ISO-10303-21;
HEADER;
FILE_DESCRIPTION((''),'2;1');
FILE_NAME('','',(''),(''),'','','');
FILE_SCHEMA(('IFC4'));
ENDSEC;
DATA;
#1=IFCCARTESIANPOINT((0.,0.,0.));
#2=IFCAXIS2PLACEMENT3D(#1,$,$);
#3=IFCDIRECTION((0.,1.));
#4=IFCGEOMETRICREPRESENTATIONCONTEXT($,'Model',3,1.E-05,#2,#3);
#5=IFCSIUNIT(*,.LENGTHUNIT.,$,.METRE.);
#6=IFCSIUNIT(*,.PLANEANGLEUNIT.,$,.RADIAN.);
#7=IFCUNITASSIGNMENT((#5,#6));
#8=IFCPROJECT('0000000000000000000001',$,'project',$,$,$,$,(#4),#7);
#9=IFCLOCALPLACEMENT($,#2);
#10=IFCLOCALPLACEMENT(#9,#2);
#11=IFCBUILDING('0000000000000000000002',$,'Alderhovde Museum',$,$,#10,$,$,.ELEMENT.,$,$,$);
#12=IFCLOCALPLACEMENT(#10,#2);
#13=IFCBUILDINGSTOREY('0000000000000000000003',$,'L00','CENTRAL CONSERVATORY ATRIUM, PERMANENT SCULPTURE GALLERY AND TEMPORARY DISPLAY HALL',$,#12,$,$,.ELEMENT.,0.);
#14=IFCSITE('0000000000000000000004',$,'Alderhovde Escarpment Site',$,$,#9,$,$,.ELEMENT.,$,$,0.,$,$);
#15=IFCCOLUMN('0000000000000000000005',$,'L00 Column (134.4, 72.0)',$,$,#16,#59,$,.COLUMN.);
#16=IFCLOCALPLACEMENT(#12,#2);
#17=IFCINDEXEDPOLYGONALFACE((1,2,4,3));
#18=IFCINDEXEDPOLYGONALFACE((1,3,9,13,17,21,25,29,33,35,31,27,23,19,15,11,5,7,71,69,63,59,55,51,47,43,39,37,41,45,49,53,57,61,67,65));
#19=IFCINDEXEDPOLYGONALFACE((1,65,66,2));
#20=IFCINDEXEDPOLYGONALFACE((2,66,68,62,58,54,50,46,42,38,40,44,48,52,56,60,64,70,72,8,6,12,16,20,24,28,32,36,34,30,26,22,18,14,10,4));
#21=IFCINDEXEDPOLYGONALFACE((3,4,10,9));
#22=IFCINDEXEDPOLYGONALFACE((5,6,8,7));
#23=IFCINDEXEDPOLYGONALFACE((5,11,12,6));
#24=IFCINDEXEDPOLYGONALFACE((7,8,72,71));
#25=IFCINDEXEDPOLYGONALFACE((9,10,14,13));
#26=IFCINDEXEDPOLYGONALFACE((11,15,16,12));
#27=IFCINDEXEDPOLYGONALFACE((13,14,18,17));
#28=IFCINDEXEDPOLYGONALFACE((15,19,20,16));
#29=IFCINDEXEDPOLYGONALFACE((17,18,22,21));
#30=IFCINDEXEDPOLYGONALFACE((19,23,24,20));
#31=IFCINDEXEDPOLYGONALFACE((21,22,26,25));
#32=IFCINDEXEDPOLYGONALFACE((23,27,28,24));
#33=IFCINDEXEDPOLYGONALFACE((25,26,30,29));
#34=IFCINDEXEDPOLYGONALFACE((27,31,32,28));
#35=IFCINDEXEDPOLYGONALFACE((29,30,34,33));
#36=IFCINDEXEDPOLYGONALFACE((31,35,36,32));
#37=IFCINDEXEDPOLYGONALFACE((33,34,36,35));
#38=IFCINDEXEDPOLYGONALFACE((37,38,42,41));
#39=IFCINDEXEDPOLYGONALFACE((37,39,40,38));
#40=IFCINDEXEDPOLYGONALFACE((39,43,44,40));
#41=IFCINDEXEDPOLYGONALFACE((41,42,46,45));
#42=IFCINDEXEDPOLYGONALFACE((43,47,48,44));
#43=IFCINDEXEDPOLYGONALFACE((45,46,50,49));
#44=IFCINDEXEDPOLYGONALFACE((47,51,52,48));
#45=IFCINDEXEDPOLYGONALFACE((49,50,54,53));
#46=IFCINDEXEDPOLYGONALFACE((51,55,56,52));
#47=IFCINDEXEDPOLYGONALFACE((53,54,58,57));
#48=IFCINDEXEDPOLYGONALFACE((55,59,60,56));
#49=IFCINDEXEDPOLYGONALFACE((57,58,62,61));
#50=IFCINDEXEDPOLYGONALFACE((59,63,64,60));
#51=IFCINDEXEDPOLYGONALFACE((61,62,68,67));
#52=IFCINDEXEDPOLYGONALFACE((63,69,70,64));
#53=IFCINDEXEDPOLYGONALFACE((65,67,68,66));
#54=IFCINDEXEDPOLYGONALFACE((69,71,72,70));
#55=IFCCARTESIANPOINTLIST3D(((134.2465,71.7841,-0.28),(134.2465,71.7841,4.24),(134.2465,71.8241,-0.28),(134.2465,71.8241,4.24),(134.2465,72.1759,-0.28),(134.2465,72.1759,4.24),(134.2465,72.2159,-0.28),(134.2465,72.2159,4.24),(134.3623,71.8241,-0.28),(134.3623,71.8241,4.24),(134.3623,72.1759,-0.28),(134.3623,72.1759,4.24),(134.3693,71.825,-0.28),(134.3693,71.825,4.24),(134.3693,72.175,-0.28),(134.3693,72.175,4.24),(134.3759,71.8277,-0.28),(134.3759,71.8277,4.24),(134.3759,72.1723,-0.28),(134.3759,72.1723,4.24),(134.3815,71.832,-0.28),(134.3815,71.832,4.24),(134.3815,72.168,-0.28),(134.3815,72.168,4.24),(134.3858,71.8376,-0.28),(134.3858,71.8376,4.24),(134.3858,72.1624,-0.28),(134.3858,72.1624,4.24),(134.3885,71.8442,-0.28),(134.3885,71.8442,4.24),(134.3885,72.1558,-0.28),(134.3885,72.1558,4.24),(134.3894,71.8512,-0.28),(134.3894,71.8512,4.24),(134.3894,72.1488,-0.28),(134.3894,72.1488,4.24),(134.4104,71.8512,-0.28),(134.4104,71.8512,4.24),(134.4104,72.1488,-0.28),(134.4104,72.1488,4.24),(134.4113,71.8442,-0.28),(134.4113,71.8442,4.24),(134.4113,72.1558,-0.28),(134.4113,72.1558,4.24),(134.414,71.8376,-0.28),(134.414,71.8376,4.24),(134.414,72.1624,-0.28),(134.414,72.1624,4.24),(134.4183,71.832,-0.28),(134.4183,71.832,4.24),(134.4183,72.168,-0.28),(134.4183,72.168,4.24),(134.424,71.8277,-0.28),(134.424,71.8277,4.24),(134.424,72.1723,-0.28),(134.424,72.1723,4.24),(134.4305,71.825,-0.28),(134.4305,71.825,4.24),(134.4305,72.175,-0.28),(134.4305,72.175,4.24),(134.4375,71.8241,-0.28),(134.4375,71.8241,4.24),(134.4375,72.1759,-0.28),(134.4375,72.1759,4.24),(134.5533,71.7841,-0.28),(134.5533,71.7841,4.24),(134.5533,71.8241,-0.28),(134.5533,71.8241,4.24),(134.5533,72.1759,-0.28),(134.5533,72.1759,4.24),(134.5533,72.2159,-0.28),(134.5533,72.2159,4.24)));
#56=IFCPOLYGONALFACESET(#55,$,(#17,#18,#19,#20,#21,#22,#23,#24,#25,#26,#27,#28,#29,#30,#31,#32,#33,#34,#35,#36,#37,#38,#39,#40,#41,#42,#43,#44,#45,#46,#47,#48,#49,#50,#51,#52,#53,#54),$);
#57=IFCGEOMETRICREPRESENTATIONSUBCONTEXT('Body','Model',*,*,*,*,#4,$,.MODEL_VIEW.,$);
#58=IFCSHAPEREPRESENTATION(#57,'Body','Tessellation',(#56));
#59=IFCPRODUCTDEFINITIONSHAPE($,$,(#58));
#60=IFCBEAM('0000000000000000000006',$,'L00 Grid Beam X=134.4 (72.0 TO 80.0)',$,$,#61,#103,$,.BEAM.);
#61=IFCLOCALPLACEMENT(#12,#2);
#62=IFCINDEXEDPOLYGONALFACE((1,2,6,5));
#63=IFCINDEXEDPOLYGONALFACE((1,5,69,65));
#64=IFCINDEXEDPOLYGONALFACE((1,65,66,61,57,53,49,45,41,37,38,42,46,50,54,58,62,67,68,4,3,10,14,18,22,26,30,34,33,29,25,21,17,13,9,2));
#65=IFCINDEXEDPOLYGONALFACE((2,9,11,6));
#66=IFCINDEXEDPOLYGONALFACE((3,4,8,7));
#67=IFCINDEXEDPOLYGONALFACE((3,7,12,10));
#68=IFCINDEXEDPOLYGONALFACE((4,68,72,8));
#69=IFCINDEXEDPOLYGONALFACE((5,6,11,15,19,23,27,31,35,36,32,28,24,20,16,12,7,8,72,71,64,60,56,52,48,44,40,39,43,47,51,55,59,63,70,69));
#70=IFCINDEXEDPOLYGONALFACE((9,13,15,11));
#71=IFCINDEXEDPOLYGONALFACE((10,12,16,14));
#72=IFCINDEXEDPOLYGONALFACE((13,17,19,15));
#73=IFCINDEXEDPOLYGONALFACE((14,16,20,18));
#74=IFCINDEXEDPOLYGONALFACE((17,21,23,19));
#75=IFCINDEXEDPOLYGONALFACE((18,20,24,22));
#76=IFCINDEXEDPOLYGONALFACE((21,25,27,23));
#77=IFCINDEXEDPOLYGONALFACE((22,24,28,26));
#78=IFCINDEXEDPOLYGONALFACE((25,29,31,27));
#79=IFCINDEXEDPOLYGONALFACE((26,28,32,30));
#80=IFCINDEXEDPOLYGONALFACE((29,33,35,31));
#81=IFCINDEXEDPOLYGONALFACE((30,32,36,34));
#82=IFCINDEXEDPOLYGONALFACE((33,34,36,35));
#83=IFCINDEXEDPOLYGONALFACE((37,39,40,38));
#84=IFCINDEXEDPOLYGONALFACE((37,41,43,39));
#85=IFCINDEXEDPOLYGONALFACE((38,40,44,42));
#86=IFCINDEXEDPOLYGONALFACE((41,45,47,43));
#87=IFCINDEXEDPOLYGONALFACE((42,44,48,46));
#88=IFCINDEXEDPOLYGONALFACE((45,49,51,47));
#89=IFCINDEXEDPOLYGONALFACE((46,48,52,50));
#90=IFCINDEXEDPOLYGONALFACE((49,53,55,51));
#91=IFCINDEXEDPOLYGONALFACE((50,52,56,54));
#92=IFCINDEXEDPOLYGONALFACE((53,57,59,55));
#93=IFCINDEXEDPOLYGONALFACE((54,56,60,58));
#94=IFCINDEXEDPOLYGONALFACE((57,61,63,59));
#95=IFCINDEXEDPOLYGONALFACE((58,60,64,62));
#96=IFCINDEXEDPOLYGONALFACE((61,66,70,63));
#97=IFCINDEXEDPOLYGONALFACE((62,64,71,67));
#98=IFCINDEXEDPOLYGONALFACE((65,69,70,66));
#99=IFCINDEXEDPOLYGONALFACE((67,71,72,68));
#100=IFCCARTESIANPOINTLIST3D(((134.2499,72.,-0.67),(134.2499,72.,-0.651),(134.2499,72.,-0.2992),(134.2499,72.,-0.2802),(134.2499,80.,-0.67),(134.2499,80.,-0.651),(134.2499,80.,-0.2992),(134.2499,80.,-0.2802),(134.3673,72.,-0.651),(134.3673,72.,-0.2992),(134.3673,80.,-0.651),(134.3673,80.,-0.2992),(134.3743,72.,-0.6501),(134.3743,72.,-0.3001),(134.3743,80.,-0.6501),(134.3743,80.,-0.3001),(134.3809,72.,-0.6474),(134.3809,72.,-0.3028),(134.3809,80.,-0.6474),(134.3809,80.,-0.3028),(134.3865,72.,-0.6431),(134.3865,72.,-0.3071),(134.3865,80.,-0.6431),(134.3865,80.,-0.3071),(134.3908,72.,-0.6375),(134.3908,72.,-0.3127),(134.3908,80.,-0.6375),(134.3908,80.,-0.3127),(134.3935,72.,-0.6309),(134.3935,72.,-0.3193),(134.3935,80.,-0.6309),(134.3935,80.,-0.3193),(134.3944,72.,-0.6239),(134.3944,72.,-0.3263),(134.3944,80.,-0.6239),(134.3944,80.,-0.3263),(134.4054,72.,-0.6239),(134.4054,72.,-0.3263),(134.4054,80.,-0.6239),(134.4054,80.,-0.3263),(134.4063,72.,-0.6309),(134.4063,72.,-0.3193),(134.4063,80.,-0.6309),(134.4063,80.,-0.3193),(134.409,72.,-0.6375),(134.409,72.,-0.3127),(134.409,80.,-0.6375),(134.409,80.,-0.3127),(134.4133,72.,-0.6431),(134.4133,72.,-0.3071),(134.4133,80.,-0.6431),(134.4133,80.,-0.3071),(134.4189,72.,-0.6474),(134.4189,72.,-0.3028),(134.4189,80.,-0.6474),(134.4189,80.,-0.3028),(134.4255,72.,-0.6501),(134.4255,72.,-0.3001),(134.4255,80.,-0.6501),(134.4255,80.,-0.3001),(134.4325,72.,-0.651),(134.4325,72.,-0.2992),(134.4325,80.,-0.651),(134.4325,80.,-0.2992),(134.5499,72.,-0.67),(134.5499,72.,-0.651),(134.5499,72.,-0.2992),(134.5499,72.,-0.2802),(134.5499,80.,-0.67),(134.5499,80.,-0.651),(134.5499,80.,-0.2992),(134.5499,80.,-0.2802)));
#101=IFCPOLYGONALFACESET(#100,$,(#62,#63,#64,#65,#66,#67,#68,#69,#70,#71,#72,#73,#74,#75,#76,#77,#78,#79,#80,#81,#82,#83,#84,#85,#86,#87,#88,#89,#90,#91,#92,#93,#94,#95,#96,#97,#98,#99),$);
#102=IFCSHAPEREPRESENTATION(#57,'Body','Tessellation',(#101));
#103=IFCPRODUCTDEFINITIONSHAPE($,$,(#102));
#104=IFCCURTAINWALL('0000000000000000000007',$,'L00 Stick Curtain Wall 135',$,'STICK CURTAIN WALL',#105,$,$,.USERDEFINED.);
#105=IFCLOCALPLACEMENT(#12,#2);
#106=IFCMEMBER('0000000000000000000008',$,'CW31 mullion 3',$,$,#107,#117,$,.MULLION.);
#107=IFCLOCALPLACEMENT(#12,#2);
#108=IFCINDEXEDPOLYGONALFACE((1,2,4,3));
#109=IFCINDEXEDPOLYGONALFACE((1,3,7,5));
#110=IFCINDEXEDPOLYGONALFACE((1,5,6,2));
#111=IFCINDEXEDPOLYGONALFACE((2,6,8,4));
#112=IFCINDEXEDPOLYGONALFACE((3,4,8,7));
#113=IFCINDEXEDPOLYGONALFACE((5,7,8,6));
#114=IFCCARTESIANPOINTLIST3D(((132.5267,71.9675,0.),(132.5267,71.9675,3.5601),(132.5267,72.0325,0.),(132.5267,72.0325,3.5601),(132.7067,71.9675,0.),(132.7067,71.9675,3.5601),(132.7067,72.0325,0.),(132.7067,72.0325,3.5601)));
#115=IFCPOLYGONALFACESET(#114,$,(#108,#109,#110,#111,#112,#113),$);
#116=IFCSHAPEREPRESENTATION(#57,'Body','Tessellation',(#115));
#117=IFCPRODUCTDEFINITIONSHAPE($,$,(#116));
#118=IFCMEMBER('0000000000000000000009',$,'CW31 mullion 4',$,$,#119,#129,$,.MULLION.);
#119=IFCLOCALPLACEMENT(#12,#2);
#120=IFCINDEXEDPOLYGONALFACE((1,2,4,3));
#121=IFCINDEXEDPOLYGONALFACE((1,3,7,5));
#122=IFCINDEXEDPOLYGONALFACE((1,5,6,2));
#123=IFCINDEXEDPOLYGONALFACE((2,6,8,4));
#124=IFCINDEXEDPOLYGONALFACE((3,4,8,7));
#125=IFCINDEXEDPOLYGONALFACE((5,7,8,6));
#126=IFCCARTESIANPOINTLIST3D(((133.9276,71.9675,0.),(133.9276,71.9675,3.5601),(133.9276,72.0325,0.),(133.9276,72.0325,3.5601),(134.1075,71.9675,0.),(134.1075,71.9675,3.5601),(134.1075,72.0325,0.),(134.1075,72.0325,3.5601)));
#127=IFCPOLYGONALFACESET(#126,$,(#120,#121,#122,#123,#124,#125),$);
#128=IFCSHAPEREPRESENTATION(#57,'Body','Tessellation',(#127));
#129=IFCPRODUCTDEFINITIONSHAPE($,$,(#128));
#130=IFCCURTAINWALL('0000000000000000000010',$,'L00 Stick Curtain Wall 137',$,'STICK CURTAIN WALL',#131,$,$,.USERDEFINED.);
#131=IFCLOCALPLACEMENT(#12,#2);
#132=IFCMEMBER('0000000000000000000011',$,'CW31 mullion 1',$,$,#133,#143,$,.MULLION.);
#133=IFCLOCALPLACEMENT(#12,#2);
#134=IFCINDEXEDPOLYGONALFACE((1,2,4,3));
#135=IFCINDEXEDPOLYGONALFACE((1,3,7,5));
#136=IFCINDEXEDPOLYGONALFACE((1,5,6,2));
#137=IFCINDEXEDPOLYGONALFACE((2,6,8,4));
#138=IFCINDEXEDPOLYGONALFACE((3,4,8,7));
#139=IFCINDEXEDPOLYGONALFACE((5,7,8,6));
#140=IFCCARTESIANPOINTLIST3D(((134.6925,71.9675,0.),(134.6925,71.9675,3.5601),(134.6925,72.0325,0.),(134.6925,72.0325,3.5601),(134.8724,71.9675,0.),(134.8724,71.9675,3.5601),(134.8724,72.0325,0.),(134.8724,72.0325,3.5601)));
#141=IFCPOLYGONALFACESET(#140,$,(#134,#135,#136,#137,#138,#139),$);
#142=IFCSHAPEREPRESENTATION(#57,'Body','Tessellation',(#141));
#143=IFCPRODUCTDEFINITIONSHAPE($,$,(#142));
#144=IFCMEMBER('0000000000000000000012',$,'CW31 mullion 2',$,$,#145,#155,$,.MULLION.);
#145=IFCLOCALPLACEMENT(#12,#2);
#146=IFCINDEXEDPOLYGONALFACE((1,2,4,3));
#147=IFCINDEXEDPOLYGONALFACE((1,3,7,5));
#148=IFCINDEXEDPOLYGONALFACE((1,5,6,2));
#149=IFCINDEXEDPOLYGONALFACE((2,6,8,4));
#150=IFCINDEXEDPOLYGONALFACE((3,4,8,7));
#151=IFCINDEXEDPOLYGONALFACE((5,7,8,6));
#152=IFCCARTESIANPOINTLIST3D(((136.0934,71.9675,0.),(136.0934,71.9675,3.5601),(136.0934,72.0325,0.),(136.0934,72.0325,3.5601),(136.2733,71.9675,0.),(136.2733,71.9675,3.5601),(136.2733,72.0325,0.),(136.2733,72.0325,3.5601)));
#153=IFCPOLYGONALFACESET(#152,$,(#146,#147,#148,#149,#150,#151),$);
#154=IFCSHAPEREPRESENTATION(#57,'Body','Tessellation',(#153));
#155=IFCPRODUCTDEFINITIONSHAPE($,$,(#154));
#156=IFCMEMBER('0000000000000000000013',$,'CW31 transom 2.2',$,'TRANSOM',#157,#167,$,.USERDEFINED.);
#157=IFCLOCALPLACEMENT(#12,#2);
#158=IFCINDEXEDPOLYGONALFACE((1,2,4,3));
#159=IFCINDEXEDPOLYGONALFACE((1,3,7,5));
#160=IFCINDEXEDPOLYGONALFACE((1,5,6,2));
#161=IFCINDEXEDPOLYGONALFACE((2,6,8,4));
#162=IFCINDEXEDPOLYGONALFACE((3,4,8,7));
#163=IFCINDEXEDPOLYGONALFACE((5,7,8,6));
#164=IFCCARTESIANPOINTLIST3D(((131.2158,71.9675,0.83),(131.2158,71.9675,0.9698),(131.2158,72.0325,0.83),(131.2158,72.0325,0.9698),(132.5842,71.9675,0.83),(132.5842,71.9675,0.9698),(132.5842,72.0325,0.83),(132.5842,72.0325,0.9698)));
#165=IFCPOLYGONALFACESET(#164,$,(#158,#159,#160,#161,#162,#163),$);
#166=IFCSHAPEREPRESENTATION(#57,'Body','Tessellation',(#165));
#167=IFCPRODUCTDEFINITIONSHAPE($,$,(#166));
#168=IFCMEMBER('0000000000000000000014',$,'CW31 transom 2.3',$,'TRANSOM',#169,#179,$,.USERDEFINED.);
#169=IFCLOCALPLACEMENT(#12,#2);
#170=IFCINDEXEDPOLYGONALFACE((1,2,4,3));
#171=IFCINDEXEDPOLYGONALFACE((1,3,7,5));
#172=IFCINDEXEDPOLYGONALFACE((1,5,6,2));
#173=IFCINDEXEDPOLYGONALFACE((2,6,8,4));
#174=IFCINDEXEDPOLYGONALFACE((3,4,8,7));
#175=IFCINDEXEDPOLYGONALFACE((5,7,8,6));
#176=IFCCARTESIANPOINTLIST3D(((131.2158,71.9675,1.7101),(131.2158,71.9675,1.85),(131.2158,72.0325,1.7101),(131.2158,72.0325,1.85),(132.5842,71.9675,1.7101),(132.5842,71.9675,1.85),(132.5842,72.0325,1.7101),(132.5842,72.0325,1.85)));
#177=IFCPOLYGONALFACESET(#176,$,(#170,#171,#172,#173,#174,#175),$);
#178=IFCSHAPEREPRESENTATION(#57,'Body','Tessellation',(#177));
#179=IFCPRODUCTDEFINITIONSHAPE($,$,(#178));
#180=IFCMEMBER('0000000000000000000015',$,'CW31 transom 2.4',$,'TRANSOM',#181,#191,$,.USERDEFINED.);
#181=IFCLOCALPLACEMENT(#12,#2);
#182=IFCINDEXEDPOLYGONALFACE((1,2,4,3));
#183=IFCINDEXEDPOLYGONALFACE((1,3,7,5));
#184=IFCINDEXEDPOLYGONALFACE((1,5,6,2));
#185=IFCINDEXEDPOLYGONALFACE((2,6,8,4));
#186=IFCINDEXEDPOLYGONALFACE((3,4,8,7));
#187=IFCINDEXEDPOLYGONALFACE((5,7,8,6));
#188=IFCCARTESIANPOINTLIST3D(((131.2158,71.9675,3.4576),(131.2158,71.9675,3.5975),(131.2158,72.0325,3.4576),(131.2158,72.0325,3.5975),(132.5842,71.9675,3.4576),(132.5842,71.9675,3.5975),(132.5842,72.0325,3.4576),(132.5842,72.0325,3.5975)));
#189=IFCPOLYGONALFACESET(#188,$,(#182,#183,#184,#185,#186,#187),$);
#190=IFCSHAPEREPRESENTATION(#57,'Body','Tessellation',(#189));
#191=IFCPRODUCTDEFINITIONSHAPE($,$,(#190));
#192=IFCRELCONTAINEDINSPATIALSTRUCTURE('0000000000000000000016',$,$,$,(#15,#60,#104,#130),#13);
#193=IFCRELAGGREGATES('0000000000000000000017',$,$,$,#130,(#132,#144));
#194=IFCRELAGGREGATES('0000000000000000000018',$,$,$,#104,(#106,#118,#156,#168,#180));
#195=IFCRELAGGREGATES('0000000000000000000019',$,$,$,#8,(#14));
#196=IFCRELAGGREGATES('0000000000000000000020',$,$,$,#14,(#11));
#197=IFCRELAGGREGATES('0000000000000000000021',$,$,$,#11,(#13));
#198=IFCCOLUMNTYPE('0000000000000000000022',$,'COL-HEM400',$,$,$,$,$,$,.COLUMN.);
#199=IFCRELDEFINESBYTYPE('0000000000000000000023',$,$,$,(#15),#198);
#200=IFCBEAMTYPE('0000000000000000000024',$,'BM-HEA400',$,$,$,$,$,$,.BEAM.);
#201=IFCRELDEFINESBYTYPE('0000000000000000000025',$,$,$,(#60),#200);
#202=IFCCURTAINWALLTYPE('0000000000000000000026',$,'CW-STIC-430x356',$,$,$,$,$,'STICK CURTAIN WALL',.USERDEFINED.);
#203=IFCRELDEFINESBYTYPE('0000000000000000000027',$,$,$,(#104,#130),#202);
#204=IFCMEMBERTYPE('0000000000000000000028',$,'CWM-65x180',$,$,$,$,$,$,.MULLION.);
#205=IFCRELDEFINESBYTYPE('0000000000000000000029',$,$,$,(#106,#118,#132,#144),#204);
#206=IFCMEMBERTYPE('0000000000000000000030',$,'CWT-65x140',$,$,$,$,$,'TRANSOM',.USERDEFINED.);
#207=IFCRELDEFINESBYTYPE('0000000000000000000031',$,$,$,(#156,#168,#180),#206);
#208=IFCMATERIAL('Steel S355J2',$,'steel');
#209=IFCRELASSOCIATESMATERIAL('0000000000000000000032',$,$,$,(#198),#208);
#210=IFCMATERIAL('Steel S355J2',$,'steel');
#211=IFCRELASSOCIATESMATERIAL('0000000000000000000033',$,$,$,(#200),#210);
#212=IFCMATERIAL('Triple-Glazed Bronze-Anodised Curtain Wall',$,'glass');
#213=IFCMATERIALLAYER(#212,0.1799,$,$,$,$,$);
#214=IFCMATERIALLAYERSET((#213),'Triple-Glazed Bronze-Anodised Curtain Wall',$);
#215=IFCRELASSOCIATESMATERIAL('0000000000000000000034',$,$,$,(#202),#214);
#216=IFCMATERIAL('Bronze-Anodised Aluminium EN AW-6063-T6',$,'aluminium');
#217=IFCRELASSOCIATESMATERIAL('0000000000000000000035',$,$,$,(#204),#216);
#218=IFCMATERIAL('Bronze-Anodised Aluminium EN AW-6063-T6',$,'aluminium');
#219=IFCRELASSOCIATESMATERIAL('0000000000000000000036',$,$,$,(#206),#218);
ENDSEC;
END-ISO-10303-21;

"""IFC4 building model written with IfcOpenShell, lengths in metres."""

from ifc_helpers import new_model, si_unit, direction, frame, origin, origin_2d, place, context, subcontext, project, spatial, rectangle, i_section, extrude, material, layer, layer_set, material_profile, profile_set, type_object, element, aggregate, save


model = new_model("IFC4")

# Units and contexts
model_context = context("Model", 3, precision=1e-05, world=origin(), true_north=direction((0.0, 1.0)))
body_context = subcontext(model_context, "Body", "Model", "MODEL_VIEW")
ifc_project = project(units=[si_unit("LENGTHUNIT", "METRE"), si_unit("PLANEANGLEUNIT", "RADIAN")], contexts=[model_context])

# Site, building, storey
site_placement = place(None, origin())
site = spatial("IfcSite", under=ifc_project, at=site_placement, Name="Alderhovde Escarpment Site", CompositionType="ELEMENT", RefElevation=0.0)
building_placement = place(site_placement, origin())
building = spatial("IfcBuilding", under=site, at=building_placement, Name="Alderhovde Museum", CompositionType="ELEMENT")
storey_placement = place(building_placement, origin())
storey = spatial("IfcBuildingStorey", under=building, at=storey_placement, Name="L00", Description="CENTRAL CONSERVATORY ATRIUM, PERMANENT SCULPTURE GALLERY AND TEMPORARY DISPLAY HALL", CompositionType="ELEMENT", Elevation=0.0)

# Column
ifc_material_1 = material(Name="Steel S355J2", Category="steel")
ifc_material_profile_1 = material_profile(ifc_material_1, i_section(OverallWidth=0.3069, OverallDepth=0.4319, WebThickness=0.021, FlangeThickness=0.04, FilletRadius=0.0271, at=origin_2d()), Name="HEM 400")
ifc_profile_set_1 = profile_set([ifc_material_profile_1], Name="Steel S355J2")
column_type = type_object("IfcColumnType", Name="COL-HEM400", PredefinedType="COLUMN", material=ifc_profile_set_1)
column_placement = place(storey_placement, frame((134.3999, 72.0, -0.28), z_axis=(0.0, 0.0, 1.0), x_axis=(1.0, 0.0, 0.0)))
element("IfcColumn", 1, at=column_placement, inside=storey, type_object=column_type, Name="L00 Column (134.4, 72.0)", PredefinedType="COLUMN", context=body_context, shape_type="SweptSolid", body=[
    extrude(i_section(OverallWidth=0.3069, OverallDepth=0.4319, WebThickness=0.021, FlangeThickness=0.04, FilletRadius=0.0271, at=origin_2d()), origin(), (0.0, 0.0, 1.0), 4.52),
])

# Beam
ifc_material_2 = material(Name="Steel S355J2", Category="steel")
ifc_material_profile_2 = material_profile(ifc_material_2, i_section(OverallWidth=0.3, OverallDepth=0.3899, WebThickness=0.011, FlangeThickness=0.019, FilletRadius=0.0271, at=origin_2d()), Name="HEA 400")
ifc_profile_set_2 = profile_set([ifc_material_profile_2], Name="Steel S355J2")
beam_type_1 = type_object("IfcBeamType", Name="BM-HEA400", PredefinedType="BEAM", material=ifc_profile_set_2)
beam_1_placement = place(storey_placement, frame((134.3999, 72.0, -0.4751), z_axis=(0.0, 1.0, 0.0), x_axis=(-1.0, 0.0, 0.0)))
element("IfcBeam", 2, at=beam_1_placement, inside=storey, type_object=beam_type_1, Name="L00 Grid Beam X=134.4 (72.0 TO 80.0)", PredefinedType="BEAM", context=body_context, shape_type="SweptSolid", body=[
    extrude(i_section(OverallWidth=0.3, OverallDepth=0.3899, WebThickness=0.011, FlangeThickness=0.019, FilletRadius=0.0271, at=origin_2d()), origin(), (0.0, 0.0, 1.0), 8.0),
])

# Curtain walls, members
ifc_material_3 = material(Name="Triple-Glazed Bronze-Anodised Curtain Wall", Category="glass")
ifc_layer_1 = layer(ifc_material_3, 0.1799)
ifc_layer_set_1 = layer_set([ifc_layer_1], Name="Triple-Glazed Bronze-Anodised Curtain Wall")
curtain_wall_type = type_object("IfcCurtainWallType", Name="CW-STIC-430x356", ElementType="STICK CURTAIN WALL", PredefinedType="USERDEFINED", material=ifc_layer_set_1)
curtain_wall_1_placement = place(storey_placement, origin())
curtain_wall_1 = element("IfcCurtainWall", 3, at=curtain_wall_1_placement, inside=storey, type_object=curtain_wall_type, Name="L00 Stick Curtain Wall 135", ObjectType="STICK CURTAIN WALL", PredefinedType="USERDEFINED")
ifc_material_4 = material(Name="Bronze-Anodised Aluminium EN AW-6063-T6", Category="aluminium")
ifc_material_profile_3 = material_profile(ifc_material_4, rectangle(XDim=0.0649, YDim=0.1799, at=origin_2d()), Name="MULLION 65x180")
ifc_profile_set_3 = profile_set([ifc_material_profile_3], Name="Bronze-Anodised Aluminium EN AW-6063-T6")
member_type_1 = type_object("IfcMemberType", Name="CWM-65x180", PredefinedType="MULLION", material=ifc_profile_set_3)
member_1_placement = place(storey_placement, frame((132.6167, 72.0, 0.0), z_axis=(0.0, 0.0, 1.0), x_axis=(0.0, 1.0, 0.0)))
member_1 = element("IfcMember", 4, at=member_1_placement, type_object=member_type_1, Name="CW31 mullion 3", PredefinedType="MULLION", context=body_context, shape_type="SweptSolid", body=[
    extrude(rectangle(XDim=0.0649, YDim=0.1799, at=origin_2d()), origin(), (0.0, 0.0, 1.0), 3.5601),
])
member_2_placement = place(storey_placement, frame((134.0176, 72.0, 0.0), z_axis=(0.0, 0.0, 1.0), x_axis=(0.0, 1.0, 0.0)))
member_2 = element("IfcMember", 5, at=member_2_placement, type_object=member_type_1, Name="CW31 mullion 4", PredefinedType="MULLION", context=body_context, shape_type="SweptSolid", body=[
    extrude(rectangle(XDim=0.0649, YDim=0.1799, at=origin_2d()), origin(), (0.0, 0.0, 1.0), 3.5601),
])
curtain_wall_2_placement = place(storey_placement, origin())
curtain_wall_2 = element("IfcCurtainWall", 6, at=curtain_wall_2_placement, inside=storey, type_object=curtain_wall_type, Name="L00 Stick Curtain Wall 137", ObjectType="STICK CURTAIN WALL", PredefinedType="USERDEFINED")
member_3_placement = place(storey_placement, frame((134.7825, 72.0, 0.0), z_axis=(0.0, 0.0, 1.0), x_axis=(0.0, 1.0, 0.0)))
member_3 = element("IfcMember", 7, at=member_3_placement, type_object=member_type_1, Name="CW31 mullion 1", PredefinedType="MULLION", context=body_context, shape_type="SweptSolid", body=[
    extrude(rectangle(XDim=0.0649, YDim=0.1799, at=origin_2d()), origin(), (0.0, 0.0, 1.0), 3.5601),
])
member_4_placement = place(storey_placement, frame((136.1833, 72.0, 0.0), z_axis=(0.0, 0.0, 1.0), x_axis=(0.0, 1.0, 0.0)))
member_4 = element("IfcMember", 8, at=member_4_placement, type_object=member_type_1, Name="CW31 mullion 2", PredefinedType="MULLION", context=body_context, shape_type="SweptSolid", body=[
    extrude(rectangle(XDim=0.0649, YDim=0.1799, at=origin_2d()), origin(), (0.0, 0.0, 1.0), 3.5601),
])

# Members
ifc_material_5 = material(Name="Bronze-Anodised Aluminium EN AW-6063-T6", Category="aluminium")
ifc_material_profile_4 = material_profile(ifc_material_5, rectangle(XDim=0.0649, YDim=0.1399, at=origin_2d()), Name="TRANSOM 65x140")
ifc_profile_set_4 = profile_set([ifc_material_profile_4], Name="Bronze-Anodised Aluminium EN AW-6063-T6")
member_type_2 = type_object("IfcMemberType", Name="CWT-65x140", ElementType="TRANSOM", PredefinedType="USERDEFINED", material=ifc_profile_set_4)
member_5_placement = place(storey_placement, frame((131.2158, 72.0, 0.8999), z_axis=(1.0, 0.0, 0.0), x_axis=(0.0, 1.0, 0.0)))
member_5 = element("IfcMember", 9, at=member_5_placement, type_object=member_type_2, Name="CW31 transom 2.2", ObjectType="TRANSOM", PredefinedType="USERDEFINED", context=body_context, shape_type="SweptSolid", body=[
    extrude(rectangle(XDim=0.0649, YDim=0.1399, at=origin_2d()), origin(), (0.0, 0.0, 1.0), 1.3684),
])
member_6_placement = place(storey_placement, frame((131.2158, 72.0, 1.78), z_axis=(1.0, 0.0, 0.0), x_axis=(0.0, 1.0, 0.0)))
member_6 = element("IfcMember", 10, at=member_6_placement, type_object=member_type_2, Name="CW31 transom 2.3", ObjectType="TRANSOM", PredefinedType="USERDEFINED", context=body_context, shape_type="SweptSolid", body=[
    extrude(rectangle(XDim=0.0649, YDim=0.1399, at=origin_2d()), origin(), (0.0, 0.0, 1.0), 1.3684),
])
member_7_placement = place(storey_placement, frame((131.2158, 72.0, 3.5276), z_axis=(1.0, 0.0, 0.0), x_axis=(0.0, 1.0, 0.0)))
member_7 = element("IfcMember", 11, at=member_7_placement, type_object=member_type_2, Name="CW31 transom 2.4", ObjectType="TRANSOM", PredefinedType="USERDEFINED", context=body_context, shape_type="SweptSolid", body=[
    extrude(rectangle(XDim=0.0649, YDim=0.1399, at=origin_2d()), origin(), (0.0, 0.0, 1.0), 1.3684),
])

aggregate(curtain_wall_2, [member_3, member_4])
aggregate(curtain_wall_1, [member_1, member_2, member_5, member_6, member_7])

save(model, "model.ifc")
